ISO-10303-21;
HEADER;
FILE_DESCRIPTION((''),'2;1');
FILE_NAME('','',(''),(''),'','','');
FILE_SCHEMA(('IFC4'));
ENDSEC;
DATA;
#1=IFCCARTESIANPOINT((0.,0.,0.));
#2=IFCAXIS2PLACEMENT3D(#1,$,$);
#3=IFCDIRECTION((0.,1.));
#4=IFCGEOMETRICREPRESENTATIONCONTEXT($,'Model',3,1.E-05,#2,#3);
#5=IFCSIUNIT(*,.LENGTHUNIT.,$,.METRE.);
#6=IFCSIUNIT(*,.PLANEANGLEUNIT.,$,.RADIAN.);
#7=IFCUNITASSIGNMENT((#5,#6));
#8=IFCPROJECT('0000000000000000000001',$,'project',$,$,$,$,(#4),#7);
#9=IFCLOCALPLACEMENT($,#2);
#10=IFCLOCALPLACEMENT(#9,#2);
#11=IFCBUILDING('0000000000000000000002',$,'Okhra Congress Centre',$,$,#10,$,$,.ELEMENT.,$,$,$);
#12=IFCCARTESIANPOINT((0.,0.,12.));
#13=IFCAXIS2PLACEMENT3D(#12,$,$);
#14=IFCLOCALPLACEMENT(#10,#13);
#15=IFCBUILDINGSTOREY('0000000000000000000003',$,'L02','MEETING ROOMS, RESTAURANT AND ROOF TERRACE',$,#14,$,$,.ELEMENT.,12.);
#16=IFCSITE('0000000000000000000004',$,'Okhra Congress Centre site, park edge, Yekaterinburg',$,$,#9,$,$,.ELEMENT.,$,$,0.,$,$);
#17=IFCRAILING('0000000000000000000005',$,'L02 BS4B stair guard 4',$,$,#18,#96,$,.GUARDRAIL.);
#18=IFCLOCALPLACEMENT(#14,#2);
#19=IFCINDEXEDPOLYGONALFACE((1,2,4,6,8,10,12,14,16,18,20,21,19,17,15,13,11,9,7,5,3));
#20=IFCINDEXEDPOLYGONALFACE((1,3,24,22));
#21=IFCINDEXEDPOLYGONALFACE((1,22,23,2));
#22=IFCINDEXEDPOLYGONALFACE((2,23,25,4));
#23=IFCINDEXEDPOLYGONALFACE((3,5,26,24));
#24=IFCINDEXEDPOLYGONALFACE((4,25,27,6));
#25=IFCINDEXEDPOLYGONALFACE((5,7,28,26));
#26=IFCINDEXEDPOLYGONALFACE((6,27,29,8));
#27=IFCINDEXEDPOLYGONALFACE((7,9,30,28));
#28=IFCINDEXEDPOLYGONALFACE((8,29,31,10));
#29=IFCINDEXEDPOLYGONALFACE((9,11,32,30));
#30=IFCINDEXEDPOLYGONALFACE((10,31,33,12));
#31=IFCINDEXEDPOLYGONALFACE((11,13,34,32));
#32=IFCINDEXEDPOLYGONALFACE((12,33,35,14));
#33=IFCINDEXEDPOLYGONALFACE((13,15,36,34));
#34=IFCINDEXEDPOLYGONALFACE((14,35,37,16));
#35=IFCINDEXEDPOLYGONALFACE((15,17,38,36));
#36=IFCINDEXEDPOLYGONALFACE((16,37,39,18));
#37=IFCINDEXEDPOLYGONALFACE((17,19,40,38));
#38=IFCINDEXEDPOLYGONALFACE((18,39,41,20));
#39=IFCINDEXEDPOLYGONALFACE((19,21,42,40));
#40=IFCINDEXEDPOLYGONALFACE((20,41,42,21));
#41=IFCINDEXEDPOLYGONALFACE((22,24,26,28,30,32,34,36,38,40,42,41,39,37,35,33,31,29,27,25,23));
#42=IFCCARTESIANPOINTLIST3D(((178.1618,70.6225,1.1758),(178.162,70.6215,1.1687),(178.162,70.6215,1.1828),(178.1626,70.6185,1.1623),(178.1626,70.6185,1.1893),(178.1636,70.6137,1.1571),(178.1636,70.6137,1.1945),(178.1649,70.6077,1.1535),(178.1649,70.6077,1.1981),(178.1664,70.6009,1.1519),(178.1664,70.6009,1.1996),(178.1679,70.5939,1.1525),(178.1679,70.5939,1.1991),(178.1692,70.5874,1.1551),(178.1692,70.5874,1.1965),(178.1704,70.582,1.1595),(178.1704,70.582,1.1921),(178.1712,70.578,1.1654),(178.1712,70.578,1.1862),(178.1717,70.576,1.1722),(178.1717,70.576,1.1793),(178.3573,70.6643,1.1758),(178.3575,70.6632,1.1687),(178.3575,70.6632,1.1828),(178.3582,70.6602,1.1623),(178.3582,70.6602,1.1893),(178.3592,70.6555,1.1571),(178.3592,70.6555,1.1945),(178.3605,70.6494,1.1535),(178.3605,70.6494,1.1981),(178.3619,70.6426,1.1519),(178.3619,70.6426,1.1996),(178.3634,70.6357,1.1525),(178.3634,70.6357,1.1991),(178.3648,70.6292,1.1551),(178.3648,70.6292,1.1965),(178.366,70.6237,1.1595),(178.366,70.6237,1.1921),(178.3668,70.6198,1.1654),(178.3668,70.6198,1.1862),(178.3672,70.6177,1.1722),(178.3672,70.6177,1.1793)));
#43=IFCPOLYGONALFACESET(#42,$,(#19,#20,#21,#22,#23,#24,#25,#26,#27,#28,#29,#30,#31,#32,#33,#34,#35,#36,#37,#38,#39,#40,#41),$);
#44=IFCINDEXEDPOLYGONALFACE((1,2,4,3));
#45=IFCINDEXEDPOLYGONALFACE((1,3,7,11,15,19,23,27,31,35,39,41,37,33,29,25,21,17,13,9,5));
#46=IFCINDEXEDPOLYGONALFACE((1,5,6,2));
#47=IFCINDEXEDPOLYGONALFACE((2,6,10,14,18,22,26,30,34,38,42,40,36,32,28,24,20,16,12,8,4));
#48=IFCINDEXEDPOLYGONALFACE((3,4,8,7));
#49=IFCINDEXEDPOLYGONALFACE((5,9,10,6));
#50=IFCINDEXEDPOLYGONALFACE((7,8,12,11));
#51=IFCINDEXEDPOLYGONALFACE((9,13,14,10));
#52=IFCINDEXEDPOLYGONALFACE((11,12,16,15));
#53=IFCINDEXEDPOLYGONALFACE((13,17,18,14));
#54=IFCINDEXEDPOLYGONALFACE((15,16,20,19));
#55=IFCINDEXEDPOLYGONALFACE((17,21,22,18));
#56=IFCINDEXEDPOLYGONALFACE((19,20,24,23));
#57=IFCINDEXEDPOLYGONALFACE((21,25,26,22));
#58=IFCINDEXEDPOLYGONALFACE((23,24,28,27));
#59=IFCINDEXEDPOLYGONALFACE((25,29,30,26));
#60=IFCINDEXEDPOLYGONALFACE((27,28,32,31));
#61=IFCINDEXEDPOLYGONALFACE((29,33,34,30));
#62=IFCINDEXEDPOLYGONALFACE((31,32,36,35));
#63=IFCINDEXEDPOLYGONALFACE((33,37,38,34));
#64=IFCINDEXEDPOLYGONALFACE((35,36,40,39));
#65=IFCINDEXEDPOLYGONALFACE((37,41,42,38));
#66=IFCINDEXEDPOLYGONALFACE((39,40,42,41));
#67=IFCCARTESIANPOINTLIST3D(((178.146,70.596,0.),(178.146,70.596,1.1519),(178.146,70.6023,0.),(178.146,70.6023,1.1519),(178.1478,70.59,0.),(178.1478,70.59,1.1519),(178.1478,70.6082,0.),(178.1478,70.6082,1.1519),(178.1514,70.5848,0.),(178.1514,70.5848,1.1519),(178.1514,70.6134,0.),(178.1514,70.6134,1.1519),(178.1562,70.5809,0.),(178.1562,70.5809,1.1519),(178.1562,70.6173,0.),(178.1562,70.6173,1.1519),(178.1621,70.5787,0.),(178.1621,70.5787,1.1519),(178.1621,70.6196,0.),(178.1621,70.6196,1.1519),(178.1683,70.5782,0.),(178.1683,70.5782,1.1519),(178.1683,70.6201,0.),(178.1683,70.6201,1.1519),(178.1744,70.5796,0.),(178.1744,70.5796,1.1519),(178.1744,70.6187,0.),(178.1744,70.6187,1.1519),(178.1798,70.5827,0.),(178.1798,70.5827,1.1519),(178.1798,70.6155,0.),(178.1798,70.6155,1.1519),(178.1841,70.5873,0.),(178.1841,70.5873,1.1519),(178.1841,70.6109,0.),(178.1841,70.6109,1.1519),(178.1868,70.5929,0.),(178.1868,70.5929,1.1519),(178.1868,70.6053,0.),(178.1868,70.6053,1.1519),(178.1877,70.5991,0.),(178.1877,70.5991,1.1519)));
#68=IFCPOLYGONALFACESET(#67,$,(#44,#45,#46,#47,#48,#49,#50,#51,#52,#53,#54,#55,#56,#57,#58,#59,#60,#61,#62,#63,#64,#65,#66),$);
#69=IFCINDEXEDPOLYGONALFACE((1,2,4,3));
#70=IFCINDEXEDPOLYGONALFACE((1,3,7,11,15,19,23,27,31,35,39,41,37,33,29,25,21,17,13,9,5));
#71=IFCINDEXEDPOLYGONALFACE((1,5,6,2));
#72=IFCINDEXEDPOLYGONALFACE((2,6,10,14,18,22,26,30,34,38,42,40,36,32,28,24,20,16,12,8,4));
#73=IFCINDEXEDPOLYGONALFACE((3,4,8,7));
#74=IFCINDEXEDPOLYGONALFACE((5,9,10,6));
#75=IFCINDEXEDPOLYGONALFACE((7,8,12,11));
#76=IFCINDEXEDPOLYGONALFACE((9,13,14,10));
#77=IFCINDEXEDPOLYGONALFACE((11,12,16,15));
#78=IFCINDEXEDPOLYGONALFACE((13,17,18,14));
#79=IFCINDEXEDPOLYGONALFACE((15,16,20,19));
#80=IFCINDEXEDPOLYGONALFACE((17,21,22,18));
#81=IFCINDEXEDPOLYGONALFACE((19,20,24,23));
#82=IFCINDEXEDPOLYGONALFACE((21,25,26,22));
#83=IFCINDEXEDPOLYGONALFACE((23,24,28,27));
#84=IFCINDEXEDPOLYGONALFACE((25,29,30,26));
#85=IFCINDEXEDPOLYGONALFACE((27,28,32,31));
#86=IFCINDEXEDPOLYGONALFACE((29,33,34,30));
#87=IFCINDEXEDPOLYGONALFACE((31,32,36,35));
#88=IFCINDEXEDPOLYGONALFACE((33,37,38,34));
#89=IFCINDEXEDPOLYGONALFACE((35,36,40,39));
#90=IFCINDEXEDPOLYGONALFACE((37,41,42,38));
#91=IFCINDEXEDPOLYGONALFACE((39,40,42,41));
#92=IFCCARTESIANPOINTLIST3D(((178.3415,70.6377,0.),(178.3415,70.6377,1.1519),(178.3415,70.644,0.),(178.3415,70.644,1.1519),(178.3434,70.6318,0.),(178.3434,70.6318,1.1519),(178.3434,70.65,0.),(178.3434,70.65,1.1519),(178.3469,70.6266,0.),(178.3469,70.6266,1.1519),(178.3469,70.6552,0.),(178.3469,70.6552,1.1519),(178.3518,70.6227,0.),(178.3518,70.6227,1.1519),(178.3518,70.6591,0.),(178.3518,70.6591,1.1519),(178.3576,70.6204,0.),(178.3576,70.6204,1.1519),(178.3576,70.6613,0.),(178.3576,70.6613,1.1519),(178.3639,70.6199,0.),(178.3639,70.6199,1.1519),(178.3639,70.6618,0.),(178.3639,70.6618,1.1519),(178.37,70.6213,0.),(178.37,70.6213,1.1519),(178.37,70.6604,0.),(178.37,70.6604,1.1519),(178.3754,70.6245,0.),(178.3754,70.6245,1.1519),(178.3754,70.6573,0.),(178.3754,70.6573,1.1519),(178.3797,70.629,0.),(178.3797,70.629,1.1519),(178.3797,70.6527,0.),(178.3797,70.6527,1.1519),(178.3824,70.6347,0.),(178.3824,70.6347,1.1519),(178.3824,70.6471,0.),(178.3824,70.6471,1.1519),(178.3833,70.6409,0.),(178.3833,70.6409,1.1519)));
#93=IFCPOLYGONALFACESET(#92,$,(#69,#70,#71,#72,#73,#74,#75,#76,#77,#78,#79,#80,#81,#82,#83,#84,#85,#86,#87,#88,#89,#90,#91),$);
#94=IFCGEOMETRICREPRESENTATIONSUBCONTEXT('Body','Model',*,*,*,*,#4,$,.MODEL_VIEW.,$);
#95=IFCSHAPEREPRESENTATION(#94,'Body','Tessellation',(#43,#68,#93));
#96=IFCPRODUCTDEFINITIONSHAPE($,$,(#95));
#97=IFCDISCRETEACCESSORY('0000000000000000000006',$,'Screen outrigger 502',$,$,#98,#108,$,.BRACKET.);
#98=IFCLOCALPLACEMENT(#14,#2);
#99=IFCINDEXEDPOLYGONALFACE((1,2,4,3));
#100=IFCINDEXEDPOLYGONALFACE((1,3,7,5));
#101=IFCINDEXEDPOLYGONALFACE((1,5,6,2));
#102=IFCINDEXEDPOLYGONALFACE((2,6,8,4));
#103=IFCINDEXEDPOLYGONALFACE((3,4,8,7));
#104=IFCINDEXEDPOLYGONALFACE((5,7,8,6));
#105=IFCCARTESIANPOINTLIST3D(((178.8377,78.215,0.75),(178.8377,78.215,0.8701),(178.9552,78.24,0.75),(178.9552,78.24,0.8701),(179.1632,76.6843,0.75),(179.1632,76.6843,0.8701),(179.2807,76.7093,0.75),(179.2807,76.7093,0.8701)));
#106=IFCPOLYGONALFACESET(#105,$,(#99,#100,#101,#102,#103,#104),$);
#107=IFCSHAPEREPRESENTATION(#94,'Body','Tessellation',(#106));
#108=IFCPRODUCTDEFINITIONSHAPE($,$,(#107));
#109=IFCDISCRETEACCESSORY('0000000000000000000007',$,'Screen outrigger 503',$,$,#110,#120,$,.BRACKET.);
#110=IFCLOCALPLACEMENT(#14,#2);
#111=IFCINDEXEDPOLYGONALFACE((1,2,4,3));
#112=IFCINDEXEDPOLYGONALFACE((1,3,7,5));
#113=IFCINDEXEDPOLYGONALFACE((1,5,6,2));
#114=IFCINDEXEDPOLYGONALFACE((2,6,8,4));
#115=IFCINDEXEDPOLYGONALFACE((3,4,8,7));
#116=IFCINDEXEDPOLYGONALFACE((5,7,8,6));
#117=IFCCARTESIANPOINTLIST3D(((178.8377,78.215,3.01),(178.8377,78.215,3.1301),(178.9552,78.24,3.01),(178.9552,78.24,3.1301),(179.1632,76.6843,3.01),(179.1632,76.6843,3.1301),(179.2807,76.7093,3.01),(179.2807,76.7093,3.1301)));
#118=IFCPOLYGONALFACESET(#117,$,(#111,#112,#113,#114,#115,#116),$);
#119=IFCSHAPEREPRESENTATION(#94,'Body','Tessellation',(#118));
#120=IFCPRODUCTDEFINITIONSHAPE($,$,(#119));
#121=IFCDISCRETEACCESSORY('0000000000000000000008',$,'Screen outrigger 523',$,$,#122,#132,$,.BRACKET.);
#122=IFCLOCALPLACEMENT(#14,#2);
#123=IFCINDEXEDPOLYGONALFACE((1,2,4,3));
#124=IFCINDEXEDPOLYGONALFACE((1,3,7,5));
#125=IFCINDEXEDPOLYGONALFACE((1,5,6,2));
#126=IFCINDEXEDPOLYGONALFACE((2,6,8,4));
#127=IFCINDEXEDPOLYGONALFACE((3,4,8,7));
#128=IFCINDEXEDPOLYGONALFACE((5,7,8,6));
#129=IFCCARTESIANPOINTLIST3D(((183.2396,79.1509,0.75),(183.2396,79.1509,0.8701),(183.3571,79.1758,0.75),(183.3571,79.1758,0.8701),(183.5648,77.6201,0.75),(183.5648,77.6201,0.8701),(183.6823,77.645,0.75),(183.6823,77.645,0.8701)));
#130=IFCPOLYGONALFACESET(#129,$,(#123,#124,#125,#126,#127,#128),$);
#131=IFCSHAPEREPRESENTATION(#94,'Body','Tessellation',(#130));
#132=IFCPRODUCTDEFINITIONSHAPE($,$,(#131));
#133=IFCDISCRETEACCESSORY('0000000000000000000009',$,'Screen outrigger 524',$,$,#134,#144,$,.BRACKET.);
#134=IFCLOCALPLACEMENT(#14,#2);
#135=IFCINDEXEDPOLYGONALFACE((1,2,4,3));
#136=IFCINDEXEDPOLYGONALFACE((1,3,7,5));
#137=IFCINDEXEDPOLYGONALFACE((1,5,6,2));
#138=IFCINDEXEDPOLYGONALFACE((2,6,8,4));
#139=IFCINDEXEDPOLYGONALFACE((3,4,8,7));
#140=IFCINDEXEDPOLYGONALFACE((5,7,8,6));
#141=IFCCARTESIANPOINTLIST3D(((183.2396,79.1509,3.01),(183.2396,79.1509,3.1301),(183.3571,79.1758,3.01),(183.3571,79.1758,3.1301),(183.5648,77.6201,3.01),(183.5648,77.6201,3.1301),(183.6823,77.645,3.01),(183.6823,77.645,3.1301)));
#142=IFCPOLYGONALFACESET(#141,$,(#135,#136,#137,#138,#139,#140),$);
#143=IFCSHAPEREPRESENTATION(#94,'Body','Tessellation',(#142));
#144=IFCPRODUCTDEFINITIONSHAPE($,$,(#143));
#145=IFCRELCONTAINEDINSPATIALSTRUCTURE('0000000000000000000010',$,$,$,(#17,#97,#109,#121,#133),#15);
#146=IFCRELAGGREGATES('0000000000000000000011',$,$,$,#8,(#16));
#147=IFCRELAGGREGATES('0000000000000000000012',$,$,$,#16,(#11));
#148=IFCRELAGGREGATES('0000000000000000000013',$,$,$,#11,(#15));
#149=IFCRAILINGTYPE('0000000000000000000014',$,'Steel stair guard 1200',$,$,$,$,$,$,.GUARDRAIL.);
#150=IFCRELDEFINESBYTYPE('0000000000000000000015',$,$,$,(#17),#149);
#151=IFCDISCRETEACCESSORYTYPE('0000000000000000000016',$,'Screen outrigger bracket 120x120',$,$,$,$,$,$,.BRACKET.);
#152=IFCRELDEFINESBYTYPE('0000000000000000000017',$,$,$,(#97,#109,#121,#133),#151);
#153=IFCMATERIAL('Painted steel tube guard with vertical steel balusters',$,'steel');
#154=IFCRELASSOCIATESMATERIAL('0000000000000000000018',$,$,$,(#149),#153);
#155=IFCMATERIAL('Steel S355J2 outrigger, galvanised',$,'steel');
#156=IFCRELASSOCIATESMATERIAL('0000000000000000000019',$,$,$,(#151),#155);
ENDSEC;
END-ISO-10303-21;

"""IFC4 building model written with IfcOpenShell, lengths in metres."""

from ifc_helpers import new_model, si_unit, direction, frame, origin, origin_2d, place, context, subcontext, project, spatial, rectangle, circle, extrude, material, material_profile, profile_set, type_object, element, save


model = new_model("IFC4")

# Units and contexts
model_context = context("Model", 3, precision=1e-05, world=origin(), true_north=direction((0.0, 1.0)))
body_context = subcontext(model_context, "Body", "Model", "MODEL_VIEW")
ifc_project = project(units=[si_unit("LENGTHUNIT", "METRE"), si_unit("PLANEANGLEUNIT", "RADIAN")], contexts=[model_context])

# Site, building, storey
site_placement = place(None, origin())
site = spatial("IfcSite", under=ifc_project, at=site_placement, Name="Okhra Congress Centre site, park edge, Yekaterinburg", CompositionType="ELEMENT", RefElevation=0.0)
building_placement = place(site_placement, origin())
building = spatial("IfcBuilding", under=site, at=building_placement, Name="Okhra Congress Centre", CompositionType="ELEMENT")
storey_placement = place(building_placement, frame((0.0, 0.0, 12.0)))
storey = spatial("IfcBuildingStorey", under=building, at=storey_placement, Name="L02", Description="MEETING ROOMS, RESTAURANT AND ROOF TERRACE", CompositionType="ELEMENT", Elevation=12.0)

# Railing
ifc_material_1 = material(Name="Painted steel tube guard with vertical steel balusters", Category="steel")
railing_type_1 = type_object("IfcRailingType", Name="Steel stair guard 1200", PredefinedType="GUARDRAIL", material=ifc_material_1)
railing_1_placement = place(storey_placement, frame((178.1667, 70.5991, 0.0)))
element("IfcRailing", 1, at=railing_1_placement, inside=storey, type_object=railing_type_1, Name="L02 BS4B stair guard 4", PredefinedType="GUARDRAIL", context=body_context, shape_type="SweptSolid", body=[
    extrude(circle(Radius=0.0239, at=origin_2d()), frame((0.0, 0.0, 1.1758), z_axis=(0.977963, 0.208779, 0.0), x_axis=(-0.208779, 0.977963, 0.0)), (0.0, 0.0, 1.0), 0.2),
    extrude(circle(Radius=0.021, at=origin_2d()), origin(), (0.0, 0.0, 1.0), 1.1519),
    extrude(circle(Radius=0.021, at=origin_2d()), frame((0.1956, 0.0417, 0.0)), (0.0, 0.0, 1.0), 1.1519),
])

# Discrete accessories
ifc_material_2 = material(Name="Steel S355J2 outrigger, galvanised", Category="steel")
ifc_material_profile_1 = material_profile(ifc_material_2, rectangle(XDim=0.1201, YDim=0.1201, at=origin_2d()), Name="Screen outrigger bracket 120x120")
ifc_profile_set_1 = profile_set([ifc_material_profile_1], Name="Steel S355J2 outrigger, galvanised")
discrete_accessory_type = type_object("IfcDiscreteAccessoryType", Name="Screen outrigger bracket 120x120", PredefinedType="BRACKET", material=ifc_profile_set_1)
for number, where, z_axis, x_axis, name in (
    (2, (179.2219, 76.6968, 0.8101), (-0.207952, 0.978139, 0.0), (-0.978139, -0.207952, 0.0), "Screen outrigger 502"),
    (3, (179.2219, 76.6968, 3.0701), (-0.207952, 0.978139, 0.0), (-0.978139, -0.207952, 0.0), "Screen outrigger 503"),
    (4, (183.6235, 77.6326, 0.8101), (-0.207803, 0.978171, 0.0), (-0.978171, -0.207803, 0.0), "Screen outrigger 523"),
    (5, (183.6235, 77.6326, 3.0701), (-0.207803, 0.978171, 0.0), (-0.978171, -0.207803, 0.0), "Screen outrigger 524"),
):
    element("IfcDiscreteAccessory", number, at=place(storey_placement, frame(where, z_axis=z_axis, x_axis=x_axis)), inside=storey, type_object=discrete_accessory_type, Name=name, PredefinedType="BRACKET", context=body_context, shape_type="SweptSolid", body=[
        extrude(rectangle(XDim=0.1201, YDim=0.1201, at=origin_2d()), origin(), (0.0, 0.0, 1.0), 1.5649),
    ])

save(model, "model.ifc")
